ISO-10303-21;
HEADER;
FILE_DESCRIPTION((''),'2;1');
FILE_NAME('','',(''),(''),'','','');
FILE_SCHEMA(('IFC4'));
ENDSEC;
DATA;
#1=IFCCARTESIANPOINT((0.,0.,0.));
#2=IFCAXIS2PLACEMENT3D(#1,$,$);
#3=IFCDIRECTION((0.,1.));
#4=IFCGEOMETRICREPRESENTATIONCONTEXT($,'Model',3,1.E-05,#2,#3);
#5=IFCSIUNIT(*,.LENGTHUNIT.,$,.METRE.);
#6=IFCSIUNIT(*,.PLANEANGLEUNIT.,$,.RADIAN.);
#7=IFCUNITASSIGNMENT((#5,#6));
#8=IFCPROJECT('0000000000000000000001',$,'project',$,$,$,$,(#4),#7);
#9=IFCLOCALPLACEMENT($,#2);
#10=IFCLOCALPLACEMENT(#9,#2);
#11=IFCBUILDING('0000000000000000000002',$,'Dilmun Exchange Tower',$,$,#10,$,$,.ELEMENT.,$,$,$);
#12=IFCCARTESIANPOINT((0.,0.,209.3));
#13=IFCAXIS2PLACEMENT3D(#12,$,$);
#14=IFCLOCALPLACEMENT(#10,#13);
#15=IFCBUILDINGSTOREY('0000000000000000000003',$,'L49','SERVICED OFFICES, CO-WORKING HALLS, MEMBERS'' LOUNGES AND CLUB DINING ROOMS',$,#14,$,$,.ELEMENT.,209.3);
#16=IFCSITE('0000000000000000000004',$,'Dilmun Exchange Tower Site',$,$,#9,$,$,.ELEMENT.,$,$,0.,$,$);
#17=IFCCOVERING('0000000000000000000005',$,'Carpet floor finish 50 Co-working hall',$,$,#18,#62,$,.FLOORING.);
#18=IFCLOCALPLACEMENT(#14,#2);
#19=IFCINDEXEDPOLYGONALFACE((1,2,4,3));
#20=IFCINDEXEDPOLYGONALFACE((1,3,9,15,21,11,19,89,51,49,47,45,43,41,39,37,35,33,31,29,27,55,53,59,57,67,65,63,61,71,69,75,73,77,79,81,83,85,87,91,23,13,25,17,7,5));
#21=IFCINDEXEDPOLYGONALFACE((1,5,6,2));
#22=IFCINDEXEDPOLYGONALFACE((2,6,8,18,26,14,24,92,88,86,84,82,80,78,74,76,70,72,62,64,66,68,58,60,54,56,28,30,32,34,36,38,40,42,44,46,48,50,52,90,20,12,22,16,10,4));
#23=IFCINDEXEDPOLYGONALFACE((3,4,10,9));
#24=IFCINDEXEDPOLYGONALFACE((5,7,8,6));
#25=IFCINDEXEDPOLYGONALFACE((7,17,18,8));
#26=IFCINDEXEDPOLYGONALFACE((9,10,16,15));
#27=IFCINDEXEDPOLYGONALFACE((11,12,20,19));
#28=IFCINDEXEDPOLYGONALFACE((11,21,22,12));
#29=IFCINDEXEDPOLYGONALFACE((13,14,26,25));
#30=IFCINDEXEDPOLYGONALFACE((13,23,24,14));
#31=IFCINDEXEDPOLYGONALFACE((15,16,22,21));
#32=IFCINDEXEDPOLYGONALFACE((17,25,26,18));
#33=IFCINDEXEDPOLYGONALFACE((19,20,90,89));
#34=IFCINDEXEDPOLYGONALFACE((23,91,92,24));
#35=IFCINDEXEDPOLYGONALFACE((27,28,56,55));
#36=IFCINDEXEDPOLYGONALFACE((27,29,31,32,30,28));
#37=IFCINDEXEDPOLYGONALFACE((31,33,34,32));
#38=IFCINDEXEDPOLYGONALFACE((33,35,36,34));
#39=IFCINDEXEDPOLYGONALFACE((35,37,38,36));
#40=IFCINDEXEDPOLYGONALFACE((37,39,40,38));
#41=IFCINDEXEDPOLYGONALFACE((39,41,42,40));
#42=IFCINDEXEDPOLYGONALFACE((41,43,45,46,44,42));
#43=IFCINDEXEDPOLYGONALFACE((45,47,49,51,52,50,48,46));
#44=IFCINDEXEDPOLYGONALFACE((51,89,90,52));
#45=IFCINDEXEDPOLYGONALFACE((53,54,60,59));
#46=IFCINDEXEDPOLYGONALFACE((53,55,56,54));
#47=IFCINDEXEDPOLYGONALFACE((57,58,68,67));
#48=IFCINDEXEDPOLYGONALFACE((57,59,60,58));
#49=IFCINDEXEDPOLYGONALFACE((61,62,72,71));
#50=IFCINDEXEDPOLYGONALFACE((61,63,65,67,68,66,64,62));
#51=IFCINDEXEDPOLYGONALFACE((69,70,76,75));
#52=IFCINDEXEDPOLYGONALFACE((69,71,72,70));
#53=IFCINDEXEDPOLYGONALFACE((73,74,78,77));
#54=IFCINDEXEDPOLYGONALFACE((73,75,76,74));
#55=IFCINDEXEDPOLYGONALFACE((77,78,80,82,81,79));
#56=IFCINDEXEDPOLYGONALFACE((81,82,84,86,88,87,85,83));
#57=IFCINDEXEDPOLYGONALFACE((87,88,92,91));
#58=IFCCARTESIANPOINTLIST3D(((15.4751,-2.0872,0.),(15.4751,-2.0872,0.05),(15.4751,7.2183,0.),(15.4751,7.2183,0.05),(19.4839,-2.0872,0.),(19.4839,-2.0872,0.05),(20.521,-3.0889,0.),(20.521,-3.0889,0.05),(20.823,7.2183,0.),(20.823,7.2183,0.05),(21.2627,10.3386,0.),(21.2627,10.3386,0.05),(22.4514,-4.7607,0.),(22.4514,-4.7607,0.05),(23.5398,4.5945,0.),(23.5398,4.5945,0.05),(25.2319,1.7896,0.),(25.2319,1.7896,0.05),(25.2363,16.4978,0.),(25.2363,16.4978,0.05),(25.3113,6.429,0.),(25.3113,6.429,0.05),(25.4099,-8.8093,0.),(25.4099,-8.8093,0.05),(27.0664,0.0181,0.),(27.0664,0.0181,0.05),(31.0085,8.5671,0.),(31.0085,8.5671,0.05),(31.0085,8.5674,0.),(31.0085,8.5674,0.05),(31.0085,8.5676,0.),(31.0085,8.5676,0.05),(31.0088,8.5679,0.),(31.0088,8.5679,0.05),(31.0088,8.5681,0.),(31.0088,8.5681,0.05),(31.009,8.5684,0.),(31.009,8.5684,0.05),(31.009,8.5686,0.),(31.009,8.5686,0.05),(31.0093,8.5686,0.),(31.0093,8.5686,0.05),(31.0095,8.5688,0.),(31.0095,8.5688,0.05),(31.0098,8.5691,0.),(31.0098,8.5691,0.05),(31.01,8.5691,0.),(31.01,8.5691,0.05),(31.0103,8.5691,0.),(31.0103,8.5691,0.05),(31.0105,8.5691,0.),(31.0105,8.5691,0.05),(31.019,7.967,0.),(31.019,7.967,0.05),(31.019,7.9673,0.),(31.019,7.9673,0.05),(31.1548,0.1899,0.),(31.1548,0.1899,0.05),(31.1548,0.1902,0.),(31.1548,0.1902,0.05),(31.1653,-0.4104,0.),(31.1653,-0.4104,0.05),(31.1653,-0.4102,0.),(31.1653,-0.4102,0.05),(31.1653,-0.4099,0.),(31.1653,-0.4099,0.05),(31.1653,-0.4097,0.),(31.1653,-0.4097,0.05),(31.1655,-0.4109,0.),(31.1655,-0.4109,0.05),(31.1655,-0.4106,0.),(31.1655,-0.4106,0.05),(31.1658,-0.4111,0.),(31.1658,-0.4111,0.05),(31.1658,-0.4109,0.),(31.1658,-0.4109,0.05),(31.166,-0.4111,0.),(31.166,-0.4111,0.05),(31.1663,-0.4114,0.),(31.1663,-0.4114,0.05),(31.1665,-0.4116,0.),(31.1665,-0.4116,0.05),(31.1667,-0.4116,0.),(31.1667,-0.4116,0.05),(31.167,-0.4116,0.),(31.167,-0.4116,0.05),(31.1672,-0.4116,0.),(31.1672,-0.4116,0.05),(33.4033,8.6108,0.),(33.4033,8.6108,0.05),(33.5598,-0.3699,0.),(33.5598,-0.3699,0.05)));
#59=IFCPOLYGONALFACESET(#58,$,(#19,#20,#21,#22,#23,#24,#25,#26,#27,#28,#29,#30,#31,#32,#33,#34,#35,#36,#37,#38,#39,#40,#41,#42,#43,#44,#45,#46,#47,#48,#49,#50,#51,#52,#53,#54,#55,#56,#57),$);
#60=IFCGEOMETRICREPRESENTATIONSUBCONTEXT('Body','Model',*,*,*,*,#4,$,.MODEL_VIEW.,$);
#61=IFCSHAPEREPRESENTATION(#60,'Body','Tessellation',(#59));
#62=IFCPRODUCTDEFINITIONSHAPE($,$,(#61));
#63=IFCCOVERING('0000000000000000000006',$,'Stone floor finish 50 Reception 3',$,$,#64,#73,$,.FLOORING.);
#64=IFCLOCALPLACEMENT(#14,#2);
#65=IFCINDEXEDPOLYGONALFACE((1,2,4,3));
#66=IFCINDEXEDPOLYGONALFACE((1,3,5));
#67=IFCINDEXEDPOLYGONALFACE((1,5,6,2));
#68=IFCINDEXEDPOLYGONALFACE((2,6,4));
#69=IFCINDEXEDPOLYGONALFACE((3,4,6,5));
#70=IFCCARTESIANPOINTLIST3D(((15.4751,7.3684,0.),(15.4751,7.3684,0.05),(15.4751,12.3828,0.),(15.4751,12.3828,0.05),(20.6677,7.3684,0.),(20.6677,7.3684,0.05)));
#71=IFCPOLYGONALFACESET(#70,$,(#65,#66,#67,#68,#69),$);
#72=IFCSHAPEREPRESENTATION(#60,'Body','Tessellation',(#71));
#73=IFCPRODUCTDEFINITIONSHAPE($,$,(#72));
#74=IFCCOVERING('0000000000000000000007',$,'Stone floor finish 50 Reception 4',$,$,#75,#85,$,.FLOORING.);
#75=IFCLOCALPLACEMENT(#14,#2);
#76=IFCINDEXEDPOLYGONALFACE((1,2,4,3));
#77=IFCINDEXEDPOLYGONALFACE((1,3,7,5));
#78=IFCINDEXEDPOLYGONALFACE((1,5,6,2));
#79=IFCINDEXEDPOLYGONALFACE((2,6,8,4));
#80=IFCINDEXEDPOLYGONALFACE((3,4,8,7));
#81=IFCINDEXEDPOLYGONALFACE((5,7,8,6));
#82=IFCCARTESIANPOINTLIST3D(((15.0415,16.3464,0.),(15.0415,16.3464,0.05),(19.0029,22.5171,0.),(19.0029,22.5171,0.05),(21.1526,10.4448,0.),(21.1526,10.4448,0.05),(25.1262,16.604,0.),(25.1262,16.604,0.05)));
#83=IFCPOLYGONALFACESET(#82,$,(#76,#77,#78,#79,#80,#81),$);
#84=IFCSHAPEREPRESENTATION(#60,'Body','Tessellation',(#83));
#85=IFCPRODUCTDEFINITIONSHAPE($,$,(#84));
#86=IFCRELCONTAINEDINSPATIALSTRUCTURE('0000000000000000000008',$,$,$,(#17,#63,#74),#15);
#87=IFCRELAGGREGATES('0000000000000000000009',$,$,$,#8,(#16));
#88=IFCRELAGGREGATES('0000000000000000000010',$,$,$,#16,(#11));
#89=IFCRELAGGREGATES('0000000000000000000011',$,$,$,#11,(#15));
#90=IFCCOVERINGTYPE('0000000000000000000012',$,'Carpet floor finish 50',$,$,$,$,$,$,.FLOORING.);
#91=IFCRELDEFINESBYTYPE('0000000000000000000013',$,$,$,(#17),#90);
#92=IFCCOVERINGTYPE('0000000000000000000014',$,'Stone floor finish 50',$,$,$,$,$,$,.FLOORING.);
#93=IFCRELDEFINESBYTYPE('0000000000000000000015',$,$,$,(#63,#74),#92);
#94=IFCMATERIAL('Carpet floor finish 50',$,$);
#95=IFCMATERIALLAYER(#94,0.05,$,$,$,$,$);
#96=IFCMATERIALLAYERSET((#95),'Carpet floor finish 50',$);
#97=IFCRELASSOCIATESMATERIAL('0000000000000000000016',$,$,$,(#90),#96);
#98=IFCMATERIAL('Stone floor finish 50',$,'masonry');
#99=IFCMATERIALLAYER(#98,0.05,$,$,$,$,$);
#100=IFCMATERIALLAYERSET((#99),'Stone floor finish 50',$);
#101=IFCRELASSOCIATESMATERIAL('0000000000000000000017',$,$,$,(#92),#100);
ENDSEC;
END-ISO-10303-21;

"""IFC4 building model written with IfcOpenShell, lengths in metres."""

from ifc_helpers import new_model, si_unit, direction, frame, origin, place, context, subcontext, project, spatial, polyline, outline, extrude, material, layer, layer_set, type_object, element, save


model = new_model("IFC4")

# Units and contexts
model_context = context("Model", 3, precision=1e-05, world=origin(), true_north=direction((0.0, 1.0)))
body_context = subcontext(model_context, "Body", "Model", "MODEL_VIEW")
ifc_project = project(units=[si_unit("LENGTHUNIT", "METRE"), si_unit("PLANEANGLEUNIT", "RADIAN")], contexts=[model_context])

# Site, building, storey
site_placement = place(None, origin())
site = spatial("IfcSite", under=ifc_project, at=site_placement, Name="Dilmun Exchange Tower Site", CompositionType="ELEMENT", RefElevation=0.0)
building_placement = place(site_placement, origin())
building = spatial("IfcBuilding", under=site, at=building_placement, Name="Dilmun Exchange Tower", CompositionType="ELEMENT")
storey_placement = place(building_placement, frame((0.0, 0.0, 209.3)))
storey = spatial("IfcBuildingStorey", under=building, at=storey_placement, Name="L49", Description="SERVICED OFFICES, CO-WORKING HALLS, MEMBERS' LOUNGES AND CLUB DINING ROOMS", CompositionType="ELEMENT", Elevation=209.3)

# Coverings
ifc_material_1 = material(Name="Carpet floor finish 50")
ifc_layer_1 = layer(ifc_material_1, 0.05)
ifc_layer_set_1 = layer_set([ifc_layer_1], Name="Carpet floor finish 50")
covering_type_1 = type_object("IfcCoveringType", Name="Carpet floor finish 50", PredefinedType="FLOORING", material=ifc_layer_set_1)
covering_1_placement = place(storey_placement, origin())
element("IfcCovering", 1, at=covering_1_placement, inside=storey, type_object=covering_type_1, Name="Carpet floor finish 50 Co-working hall", PredefinedType="FLOORING", context=body_context, shape_type="SweptSolid", body=[
    extrude(outline(polyline([(23.5398, 4.5945), (25.3113, 6.429), (21.2627, 10.3386), (25.2363, 16.4978), (33.4033, 8.6108), (31.0105, 8.5691), (31.0103, 8.5691), (31.01, 8.5691), (31.01, 8.5691), (31.0098, 8.5691), (31.0095, 8.5688), (31.0095, 8.5688), (31.0093, 8.5686), (31.009, 8.5686), (31.009, 8.5684), (31.0088, 8.5681), (31.0088, 8.5681), (31.0088, 8.5679), (31.0085, 8.5676), (31.0085, 8.5674), (31.0085, 8.5674), (31.0085, 8.5671), (31.019, 7.9673), (31.019, 7.967), (31.019, 7.967), (31.1548, 0.1902), (31.1548, 0.1899), (31.1548, 0.1899), (31.1653, -0.4097), (31.1653, -0.4099), (31.1653, -0.4102), (31.1653, -0.4104), (31.1653, -0.4104), (31.1655, -0.4106), (31.1655, -0.4109), (31.1658, -0.4109), (31.1658, -0.4111), (31.166, -0.4111), (31.1663, -0.4114), (31.1663, -0.4114), (31.1665, -0.4116), (31.1667, -0.4116), (31.167, -0.4116), (31.167, -0.4116), (31.1672, -0.4116), (33.5598, -0.3699), (25.4099, -8.8093), (22.4514, -4.7607), (27.0664, 0.0181), (25.2319, 1.7896), (20.521, -3.0889), (19.4839, -2.0872), (15.4751, -2.0872), (15.4751, 7.2183), (20.823, 7.2183), (23.5398, 4.5945)])), origin(), (0.0, 0.0, 1.0), 0.05),
])
ifc_material_2 = material(Name="Stone floor finish 50", Category="masonry")
ifc_layer_2 = layer(ifc_material_2, 0.05)
ifc_layer_set_2 = layer_set([ifc_layer_2], Name="Stone floor finish 50")
covering_type_2 = type_object("IfcCoveringType", Name="Stone floor finish 50", PredefinedType="FLOORING", material=ifc_layer_set_2)
covering_2_placement = place(storey_placement, origin())
element("IfcCovering", 2, at=covering_2_placement, inside=storey, type_object=covering_type_2, Name="Stone floor finish 50 Reception 3", PredefinedType="FLOORING", context=body_context, shape_type="SweptSolid", body=[
    extrude(outline(polyline([(20.6677, 7.3684), (15.4751, 7.3684), (15.4751, 12.3828), (20.6677, 7.3684)])), origin(), (0.0, 0.0, 1.0), 0.05),
])
covering_3_placement = place(storey_placement, origin())
element("IfcCovering", 3, at=covering_3_placement, inside=storey, type_object=covering_type_2, Name="Stone floor finish 50 Reception 4", PredefinedType="FLOORING", context=body_context, shape_type="SweptSolid", body=[
    extrude(outline(polyline([(21.1526, 10.4448), (15.0415, 16.3464), (19.0029, 22.5171), (25.1262, 16.604), (21.1526, 10.4448)])), origin(), (0.0, 0.0, 1.0), 0.05),
])

save(model, "model.ifc")
